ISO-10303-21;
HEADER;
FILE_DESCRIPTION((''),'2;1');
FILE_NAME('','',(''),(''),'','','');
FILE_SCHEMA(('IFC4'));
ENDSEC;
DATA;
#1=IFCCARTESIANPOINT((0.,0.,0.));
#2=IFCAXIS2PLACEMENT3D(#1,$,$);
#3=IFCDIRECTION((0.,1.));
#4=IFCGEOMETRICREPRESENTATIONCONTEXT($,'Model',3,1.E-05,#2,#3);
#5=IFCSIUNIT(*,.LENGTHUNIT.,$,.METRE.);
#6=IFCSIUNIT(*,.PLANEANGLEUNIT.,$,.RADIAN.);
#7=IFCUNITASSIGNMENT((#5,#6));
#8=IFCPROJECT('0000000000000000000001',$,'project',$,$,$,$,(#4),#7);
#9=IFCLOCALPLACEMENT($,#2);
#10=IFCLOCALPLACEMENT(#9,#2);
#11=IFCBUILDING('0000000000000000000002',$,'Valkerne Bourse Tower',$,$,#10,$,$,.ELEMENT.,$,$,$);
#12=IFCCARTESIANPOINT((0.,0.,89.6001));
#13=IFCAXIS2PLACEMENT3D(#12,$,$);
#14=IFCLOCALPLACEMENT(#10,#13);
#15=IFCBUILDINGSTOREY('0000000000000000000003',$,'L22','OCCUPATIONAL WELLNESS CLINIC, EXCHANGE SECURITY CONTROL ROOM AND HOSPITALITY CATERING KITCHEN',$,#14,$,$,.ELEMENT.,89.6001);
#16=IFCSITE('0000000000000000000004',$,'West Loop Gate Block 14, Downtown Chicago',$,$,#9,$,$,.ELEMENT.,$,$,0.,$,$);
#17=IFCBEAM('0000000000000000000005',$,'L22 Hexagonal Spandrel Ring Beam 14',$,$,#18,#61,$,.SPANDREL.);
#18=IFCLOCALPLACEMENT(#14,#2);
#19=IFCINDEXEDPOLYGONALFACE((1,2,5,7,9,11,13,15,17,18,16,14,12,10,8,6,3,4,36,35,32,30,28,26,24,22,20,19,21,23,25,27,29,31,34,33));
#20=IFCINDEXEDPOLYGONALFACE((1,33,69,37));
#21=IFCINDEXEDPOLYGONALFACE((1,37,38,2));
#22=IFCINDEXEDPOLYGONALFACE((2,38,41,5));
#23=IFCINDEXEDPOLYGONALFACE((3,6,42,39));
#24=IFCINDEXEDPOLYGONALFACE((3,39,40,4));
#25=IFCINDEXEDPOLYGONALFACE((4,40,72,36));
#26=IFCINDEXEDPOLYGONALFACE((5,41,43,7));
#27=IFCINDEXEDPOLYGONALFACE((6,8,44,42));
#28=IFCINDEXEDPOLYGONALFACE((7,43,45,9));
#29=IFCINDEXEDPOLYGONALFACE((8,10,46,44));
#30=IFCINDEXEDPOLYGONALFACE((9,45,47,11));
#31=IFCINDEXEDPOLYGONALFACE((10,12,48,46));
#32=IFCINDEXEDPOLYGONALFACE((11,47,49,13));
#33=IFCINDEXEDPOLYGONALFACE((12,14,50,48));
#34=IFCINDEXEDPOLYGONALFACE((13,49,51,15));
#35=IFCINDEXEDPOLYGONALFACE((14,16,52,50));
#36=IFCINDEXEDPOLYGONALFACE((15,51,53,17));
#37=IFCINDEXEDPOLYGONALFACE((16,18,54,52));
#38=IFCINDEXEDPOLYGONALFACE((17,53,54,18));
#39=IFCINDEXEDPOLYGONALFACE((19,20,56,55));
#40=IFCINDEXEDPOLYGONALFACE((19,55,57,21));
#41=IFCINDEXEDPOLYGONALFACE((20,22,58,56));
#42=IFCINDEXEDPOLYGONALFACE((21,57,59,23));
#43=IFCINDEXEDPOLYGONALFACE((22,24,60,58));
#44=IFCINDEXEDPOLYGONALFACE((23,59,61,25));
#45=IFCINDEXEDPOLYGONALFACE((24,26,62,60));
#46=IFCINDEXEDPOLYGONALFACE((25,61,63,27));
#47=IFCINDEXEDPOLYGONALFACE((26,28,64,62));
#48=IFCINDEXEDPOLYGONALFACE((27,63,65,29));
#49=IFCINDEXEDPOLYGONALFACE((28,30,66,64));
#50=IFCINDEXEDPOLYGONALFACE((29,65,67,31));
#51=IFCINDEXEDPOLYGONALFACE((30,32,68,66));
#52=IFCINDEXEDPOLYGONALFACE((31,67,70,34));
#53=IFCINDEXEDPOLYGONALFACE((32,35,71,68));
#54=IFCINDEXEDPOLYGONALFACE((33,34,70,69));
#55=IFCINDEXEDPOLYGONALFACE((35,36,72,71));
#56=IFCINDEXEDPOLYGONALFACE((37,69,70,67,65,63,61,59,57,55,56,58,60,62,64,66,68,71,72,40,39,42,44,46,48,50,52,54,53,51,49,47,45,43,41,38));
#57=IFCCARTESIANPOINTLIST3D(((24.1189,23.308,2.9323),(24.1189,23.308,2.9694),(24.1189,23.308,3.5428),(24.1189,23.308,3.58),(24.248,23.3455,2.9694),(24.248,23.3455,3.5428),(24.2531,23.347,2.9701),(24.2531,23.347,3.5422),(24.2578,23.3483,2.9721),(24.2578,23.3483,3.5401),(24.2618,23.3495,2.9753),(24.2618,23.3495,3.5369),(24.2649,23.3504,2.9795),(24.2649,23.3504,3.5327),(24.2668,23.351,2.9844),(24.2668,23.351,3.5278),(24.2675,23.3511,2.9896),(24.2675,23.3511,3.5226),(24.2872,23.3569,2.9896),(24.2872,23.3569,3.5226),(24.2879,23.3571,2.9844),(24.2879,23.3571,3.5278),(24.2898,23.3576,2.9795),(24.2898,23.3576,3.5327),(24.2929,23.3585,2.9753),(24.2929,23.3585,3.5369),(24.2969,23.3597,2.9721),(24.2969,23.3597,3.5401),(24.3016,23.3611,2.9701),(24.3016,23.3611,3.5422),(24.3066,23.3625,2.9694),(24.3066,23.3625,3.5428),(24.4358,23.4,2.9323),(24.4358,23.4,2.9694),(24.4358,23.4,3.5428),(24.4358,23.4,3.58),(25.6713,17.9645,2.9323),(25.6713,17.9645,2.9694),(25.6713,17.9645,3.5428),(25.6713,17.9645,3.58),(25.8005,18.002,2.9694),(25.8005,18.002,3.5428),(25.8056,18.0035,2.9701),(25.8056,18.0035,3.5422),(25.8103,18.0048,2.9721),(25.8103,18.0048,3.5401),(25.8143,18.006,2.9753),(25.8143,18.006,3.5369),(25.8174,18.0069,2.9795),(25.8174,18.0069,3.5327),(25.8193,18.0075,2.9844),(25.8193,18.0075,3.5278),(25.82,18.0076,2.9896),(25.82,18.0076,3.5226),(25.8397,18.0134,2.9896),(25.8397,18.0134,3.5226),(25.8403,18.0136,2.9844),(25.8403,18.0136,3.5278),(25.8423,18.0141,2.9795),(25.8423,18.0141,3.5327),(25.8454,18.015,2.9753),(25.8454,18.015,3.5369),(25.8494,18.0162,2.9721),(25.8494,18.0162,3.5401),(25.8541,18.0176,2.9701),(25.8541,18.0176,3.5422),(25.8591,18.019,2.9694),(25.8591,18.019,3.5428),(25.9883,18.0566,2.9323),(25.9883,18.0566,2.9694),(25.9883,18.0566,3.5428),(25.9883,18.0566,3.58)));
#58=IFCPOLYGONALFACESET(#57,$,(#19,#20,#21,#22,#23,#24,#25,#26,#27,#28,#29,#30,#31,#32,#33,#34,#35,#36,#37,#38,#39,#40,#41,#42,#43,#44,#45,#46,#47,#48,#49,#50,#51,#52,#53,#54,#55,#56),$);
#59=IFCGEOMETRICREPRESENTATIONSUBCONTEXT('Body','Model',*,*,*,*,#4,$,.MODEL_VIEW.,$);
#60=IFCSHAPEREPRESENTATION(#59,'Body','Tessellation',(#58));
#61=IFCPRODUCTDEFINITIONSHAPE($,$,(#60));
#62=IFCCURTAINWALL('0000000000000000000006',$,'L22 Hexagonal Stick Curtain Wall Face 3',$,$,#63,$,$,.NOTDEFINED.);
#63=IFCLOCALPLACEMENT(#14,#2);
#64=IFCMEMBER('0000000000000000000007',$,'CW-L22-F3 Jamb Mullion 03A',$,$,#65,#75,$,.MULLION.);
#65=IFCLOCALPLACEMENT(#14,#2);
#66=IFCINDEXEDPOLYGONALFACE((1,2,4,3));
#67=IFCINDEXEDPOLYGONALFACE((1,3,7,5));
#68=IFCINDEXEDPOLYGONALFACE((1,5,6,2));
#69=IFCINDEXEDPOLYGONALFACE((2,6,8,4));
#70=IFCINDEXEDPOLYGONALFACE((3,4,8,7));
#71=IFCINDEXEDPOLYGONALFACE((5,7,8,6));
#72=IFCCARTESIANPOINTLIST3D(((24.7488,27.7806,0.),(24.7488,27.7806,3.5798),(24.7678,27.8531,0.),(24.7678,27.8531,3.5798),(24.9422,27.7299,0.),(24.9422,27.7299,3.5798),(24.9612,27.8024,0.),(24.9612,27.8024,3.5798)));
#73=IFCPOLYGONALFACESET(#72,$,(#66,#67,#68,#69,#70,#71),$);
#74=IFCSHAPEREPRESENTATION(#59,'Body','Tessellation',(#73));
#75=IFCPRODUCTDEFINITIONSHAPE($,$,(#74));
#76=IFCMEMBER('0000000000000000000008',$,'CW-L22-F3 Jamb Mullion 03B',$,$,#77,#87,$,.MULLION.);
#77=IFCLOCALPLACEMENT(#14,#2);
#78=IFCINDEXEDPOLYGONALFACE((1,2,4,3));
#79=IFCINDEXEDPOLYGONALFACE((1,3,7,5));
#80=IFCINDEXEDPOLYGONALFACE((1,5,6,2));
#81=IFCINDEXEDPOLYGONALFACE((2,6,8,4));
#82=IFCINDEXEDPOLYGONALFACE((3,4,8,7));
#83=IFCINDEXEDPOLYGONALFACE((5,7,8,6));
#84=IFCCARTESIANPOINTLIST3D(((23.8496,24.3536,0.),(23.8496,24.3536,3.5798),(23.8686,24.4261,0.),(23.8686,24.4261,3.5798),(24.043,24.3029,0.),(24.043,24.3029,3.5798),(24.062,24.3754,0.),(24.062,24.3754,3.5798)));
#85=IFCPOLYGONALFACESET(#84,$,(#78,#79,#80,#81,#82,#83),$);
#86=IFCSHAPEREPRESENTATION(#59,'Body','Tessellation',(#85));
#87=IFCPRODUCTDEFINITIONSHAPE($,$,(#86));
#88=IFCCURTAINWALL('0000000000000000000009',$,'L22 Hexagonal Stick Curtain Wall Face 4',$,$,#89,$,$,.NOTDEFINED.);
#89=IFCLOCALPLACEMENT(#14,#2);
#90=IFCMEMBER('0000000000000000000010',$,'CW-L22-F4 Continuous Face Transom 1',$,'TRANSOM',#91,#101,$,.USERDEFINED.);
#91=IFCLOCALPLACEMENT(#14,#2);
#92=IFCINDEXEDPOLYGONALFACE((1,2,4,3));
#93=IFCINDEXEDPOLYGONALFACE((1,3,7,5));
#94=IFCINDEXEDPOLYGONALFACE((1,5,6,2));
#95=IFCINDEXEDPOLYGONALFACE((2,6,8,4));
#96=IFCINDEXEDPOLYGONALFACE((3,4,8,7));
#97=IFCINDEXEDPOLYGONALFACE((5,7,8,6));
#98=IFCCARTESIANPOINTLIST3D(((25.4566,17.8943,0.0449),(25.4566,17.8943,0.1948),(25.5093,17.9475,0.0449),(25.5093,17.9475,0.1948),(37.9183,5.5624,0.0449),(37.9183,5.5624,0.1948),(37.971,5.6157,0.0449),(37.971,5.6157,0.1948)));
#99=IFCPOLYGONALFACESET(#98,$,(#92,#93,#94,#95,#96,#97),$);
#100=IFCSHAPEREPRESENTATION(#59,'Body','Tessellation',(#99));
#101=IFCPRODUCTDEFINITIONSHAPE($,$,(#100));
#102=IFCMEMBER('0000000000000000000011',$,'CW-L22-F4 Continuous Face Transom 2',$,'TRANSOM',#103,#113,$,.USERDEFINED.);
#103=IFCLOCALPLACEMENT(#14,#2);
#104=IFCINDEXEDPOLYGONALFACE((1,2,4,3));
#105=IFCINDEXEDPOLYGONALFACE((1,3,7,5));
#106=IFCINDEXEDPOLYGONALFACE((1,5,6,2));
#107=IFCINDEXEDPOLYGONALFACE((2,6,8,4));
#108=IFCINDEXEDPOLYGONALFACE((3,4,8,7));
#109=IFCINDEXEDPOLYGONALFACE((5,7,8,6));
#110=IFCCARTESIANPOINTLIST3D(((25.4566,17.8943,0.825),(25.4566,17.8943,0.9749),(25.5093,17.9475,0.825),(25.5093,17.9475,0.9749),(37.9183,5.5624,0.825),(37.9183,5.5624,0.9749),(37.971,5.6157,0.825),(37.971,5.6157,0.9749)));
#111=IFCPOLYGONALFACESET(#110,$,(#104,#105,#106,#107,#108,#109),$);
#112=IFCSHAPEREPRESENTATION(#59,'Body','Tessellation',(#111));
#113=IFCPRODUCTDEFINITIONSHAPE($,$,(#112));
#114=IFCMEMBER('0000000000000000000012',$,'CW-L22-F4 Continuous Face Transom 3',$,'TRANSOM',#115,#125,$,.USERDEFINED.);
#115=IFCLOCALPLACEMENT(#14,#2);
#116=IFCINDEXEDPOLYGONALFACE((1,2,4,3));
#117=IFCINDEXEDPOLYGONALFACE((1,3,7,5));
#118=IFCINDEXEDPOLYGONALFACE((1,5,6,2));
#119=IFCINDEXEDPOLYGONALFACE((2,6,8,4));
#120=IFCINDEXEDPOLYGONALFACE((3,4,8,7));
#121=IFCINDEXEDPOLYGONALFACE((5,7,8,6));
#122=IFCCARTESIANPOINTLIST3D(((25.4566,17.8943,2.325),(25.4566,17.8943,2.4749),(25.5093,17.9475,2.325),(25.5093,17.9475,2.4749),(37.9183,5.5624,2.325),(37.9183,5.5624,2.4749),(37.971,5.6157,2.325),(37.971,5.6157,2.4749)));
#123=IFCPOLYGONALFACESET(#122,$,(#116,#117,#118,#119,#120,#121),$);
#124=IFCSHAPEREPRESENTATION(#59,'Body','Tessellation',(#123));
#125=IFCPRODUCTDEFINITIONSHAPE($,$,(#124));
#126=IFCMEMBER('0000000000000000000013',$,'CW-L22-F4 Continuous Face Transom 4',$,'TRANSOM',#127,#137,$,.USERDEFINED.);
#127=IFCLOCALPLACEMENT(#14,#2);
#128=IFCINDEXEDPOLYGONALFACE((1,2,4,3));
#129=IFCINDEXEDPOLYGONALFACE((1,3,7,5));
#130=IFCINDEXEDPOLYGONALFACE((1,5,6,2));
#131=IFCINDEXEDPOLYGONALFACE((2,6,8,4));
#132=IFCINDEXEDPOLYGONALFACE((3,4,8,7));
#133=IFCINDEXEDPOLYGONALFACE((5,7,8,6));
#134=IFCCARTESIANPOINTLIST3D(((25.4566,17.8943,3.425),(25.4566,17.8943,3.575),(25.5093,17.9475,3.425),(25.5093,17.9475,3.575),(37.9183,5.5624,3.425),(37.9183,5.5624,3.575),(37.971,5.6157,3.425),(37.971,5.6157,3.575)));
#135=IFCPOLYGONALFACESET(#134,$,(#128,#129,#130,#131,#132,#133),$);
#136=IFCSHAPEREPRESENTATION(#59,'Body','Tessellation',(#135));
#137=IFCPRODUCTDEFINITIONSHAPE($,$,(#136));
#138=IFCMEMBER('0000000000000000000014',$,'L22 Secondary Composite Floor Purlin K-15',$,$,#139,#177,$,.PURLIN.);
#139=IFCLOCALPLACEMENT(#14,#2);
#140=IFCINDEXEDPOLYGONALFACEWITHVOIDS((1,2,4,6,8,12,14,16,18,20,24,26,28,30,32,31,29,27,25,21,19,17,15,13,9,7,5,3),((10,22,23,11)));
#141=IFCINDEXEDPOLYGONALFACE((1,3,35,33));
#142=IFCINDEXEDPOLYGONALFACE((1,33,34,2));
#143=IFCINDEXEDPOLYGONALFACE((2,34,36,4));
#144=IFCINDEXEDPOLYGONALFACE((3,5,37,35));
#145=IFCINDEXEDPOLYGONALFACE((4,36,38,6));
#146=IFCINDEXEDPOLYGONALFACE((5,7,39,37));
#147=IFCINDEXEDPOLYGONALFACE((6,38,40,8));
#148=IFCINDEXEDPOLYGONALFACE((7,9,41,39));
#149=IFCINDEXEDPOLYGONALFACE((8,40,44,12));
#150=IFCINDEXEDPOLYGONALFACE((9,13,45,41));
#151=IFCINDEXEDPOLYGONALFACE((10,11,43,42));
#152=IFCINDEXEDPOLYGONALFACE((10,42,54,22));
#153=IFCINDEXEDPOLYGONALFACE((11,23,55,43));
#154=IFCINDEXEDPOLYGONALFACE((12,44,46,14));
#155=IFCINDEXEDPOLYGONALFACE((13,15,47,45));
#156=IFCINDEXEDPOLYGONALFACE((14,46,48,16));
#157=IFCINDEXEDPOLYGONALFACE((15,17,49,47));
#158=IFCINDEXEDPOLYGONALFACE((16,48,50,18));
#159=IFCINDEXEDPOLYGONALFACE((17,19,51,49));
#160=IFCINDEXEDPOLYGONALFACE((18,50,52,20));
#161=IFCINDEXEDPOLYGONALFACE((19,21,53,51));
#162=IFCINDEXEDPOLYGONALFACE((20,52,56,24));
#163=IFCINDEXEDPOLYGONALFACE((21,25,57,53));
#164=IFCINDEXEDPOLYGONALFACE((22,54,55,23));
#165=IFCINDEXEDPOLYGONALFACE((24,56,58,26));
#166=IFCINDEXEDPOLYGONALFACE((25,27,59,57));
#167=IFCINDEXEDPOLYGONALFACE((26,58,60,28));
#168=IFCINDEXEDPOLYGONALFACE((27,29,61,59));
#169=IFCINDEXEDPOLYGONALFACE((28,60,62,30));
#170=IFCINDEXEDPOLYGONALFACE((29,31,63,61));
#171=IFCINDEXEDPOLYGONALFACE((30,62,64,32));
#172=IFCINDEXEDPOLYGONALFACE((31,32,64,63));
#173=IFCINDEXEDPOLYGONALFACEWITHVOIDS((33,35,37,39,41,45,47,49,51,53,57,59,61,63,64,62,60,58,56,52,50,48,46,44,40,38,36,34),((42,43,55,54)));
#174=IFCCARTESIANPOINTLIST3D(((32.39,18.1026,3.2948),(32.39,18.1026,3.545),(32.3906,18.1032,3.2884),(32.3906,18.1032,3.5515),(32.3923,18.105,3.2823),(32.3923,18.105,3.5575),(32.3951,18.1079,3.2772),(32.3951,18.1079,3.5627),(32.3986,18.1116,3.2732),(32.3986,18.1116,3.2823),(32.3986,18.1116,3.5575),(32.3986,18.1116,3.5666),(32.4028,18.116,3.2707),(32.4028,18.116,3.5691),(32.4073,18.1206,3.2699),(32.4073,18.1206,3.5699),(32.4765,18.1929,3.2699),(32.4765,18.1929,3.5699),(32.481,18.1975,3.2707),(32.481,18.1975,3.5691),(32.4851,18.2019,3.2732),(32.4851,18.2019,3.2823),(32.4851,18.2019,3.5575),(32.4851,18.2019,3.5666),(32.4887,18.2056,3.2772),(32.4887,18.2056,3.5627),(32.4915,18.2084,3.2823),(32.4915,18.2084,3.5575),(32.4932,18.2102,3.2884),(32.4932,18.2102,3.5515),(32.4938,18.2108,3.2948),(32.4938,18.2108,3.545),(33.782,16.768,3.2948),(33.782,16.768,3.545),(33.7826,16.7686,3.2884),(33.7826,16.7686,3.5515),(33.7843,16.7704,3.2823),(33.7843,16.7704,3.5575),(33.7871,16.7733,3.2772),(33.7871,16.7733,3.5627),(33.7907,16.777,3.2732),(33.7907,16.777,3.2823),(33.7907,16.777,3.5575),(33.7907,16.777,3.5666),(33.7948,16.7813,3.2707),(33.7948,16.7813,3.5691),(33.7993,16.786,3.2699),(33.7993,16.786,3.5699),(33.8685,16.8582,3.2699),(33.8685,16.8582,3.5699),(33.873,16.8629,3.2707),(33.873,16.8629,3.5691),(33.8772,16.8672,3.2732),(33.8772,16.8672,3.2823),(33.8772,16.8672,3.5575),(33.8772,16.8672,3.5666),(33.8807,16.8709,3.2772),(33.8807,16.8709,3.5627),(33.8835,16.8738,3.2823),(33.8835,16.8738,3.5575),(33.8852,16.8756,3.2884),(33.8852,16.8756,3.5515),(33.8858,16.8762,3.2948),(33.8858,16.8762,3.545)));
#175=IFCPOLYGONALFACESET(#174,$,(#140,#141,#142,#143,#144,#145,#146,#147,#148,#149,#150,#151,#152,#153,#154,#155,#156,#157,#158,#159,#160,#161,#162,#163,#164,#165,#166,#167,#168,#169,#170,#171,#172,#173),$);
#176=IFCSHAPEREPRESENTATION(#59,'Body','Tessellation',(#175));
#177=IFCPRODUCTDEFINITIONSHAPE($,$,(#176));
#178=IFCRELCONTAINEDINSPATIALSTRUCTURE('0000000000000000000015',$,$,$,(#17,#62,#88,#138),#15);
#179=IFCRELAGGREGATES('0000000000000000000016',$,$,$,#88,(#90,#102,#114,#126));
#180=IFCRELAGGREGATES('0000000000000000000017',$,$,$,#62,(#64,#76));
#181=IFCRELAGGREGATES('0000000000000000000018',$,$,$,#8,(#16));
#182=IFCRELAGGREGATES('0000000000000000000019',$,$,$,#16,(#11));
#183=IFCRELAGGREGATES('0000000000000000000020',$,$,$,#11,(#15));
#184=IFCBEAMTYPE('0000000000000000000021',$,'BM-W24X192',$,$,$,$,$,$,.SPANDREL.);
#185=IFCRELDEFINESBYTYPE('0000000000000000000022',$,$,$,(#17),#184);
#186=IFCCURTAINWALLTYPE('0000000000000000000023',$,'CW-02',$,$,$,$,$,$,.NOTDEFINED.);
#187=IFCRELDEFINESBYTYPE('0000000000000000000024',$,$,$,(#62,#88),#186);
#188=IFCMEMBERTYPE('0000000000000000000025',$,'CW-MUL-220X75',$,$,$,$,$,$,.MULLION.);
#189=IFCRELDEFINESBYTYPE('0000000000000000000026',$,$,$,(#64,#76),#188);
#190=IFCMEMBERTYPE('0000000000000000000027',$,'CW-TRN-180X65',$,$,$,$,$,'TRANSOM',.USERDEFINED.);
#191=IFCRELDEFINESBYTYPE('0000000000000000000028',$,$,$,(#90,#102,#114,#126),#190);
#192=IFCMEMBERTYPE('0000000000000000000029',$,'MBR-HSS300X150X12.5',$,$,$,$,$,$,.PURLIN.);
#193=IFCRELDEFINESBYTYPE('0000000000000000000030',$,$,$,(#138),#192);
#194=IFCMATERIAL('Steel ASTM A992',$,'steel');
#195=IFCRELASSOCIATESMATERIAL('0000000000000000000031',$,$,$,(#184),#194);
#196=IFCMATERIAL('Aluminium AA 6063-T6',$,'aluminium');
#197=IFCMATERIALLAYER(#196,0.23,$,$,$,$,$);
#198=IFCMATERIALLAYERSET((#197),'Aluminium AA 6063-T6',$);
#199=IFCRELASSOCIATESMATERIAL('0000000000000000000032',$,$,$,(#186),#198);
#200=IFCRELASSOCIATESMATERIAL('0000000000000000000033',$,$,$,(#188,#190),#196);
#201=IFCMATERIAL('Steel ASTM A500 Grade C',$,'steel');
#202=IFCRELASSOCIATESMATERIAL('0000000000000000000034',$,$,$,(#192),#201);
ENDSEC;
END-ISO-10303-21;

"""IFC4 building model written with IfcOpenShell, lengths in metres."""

from ifc_helpers import new_model, si_unit, direction, frame, origin, origin_2d, place, context, subcontext, project, spatial, rectangle, hollow_rectangle, i_section, extrude, material, layer, layer_set, material_profile, profile_set, type_object, element, aggregate, save


model = new_model("IFC4")

# Units and contexts
model_context = context("Model", 3, precision=1e-05, world=origin(), true_north=direction((0.0, 1.0)))
body_context = subcontext(model_context, "Body", "Model", "MODEL_VIEW")
ifc_project = project(units=[si_unit("LENGTHUNIT", "METRE"), si_unit("PLANEANGLEUNIT", "RADIAN")], contexts=[model_context])

# Site, building, storey
site_placement = place(None, origin())
site = spatial("IfcSite", under=ifc_project, at=site_placement, Name="West Loop Gate Block 14, Downtown Chicago", CompositionType="ELEMENT", RefElevation=0.0)
building_placement = place(site_placement, origin())
building = spatial("IfcBuilding", under=site, at=building_placement, Name="Valkerne Bourse Tower", CompositionType="ELEMENT")
storey_placement = place(building_placement, frame((0.0, 0.0, 89.6001)))
storey = spatial("IfcBuildingStorey", under=building, at=storey_placement, Name="L22", Description="OCCUPATIONAL WELLNESS CLINIC, EXCHANGE SECURITY CONTROL ROOM AND HOSPITALITY CATERING KITCHEN", CompositionType="ELEMENT", Elevation=89.6001)

# Beam
ifc_material_1 = material(Name="Steel ASTM A992", Category="steel")
ifc_material_profile_1 = material_profile(ifc_material_1, i_section(OverallWidth=0.3301, OverallDepth=0.6477, WebThickness=0.0205, FlangeThickness=0.0371, FilletRadius=0.0203, at=origin_2d()), Name="W24X192")
ifc_profile_set_1 = profile_set([ifc_material_profile_1], Name="Steel ASTM A992")
beam_type = type_object("IfcBeamType", Name="BM-W24X192", PredefinedType="SPANDREL", material=ifc_profile_set_1)
beam_1_placement = place(storey_placement, frame((24.2773, 23.354, 3.2561), z_axis=(0.279001, -0.960291, 0.0), x_axis=(0.960291, 0.279001, 0.0)))
element("IfcBeam", 1, at=beam_1_placement, inside=storey, type_object=beam_type, Name="L22 Hexagonal Spandrel Ring Beam 14", PredefinedType="SPANDREL", context=body_context, shape_type="SweptSolid", body=[
    extrude(i_section(OverallWidth=0.3301, OverallDepth=0.6477, WebThickness=0.0205, FlangeThickness=0.0371, FilletRadius=0.0203, at=origin_2d()), origin(), (0.0, 0.0, 1.0), 5.5645),
])

# Curtain walls, members
ifc_material_2 = material(Name="Aluminium AA 6063-T6", Category="aluminium")
ifc_layer_1 = layer(ifc_material_2, 0.23)
ifc_layer_set_1 = layer_set([ifc_layer_1], Name="Aluminium AA 6063-T6")
curtain_wall_type = type_object("IfcCurtainWallType", Name="CW-02", PredefinedType="NOTDEFINED", material=ifc_layer_set_1)
curtain_wall_1_placement = place(storey_placement, origin())
curtain_wall_1 = element("IfcCurtainWall", 2, at=curtain_wall_1_placement, inside=storey, type_object=curtain_wall_type, Name="L22 Hexagonal Stick Curtain Wall Face 3", PredefinedType="NOTDEFINED")
ifc_material_profile_2 = material_profile(ifc_material_2, rectangle(XDim=0.075, YDim=0.2, at=origin_2d()), Name="CWM-75X200")
ifc_profile_set_2 = profile_set([ifc_material_profile_2], Name="Aluminium AA 6063-T6")
member_type_1 = type_object("IfcMemberType", Name="CW-MUL-220X75", PredefinedType="MULLION", material=ifc_profile_set_2)
member_1_placement = place(storey_placement, frame((24.855, 27.7915, 0.0), z_axis=(0.0, 0.0, 1.0), x_axis=(-0.253755, -0.967268, 0.0)))
member_1 = element("IfcMember", 3, at=member_1_placement, type_object=member_type_1, Name="CW-L22-F3 Jamb Mullion 03A", PredefinedType="MULLION", context=body_context, shape_type="SweptSolid", body=[
    extrude(rectangle(XDim=0.075, YDim=0.2, at=origin_2d()), origin(), (0.0, 0.0, 1.0), 3.5798),
])
member_2_placement = place(storey_placement, frame((23.9558, 24.3645, 0.0), z_axis=(0.0, 0.0, 1.0), x_axis=(-0.253755, -0.967268, 0.0)))
member_2 = element("IfcMember", 4, at=member_2_placement, type_object=member_type_1, Name="CW-L22-F3 Jamb Mullion 03B", PredefinedType="MULLION", context=body_context, shape_type="SweptSolid", body=[
    extrude(rectangle(XDim=0.075, YDim=0.2, at=origin_2d()), origin(), (0.0, 0.0, 1.0), 3.5798),
])
curtain_wall_2_placement = place(storey_placement, origin())
curtain_wall_2 = element("IfcCurtainWall", 5, at=curtain_wall_2_placement, inside=storey, type_object=curtain_wall_type, Name="L22 Hexagonal Stick Curtain Wall Face 4", PredefinedType="NOTDEFINED")
ifc_material_profile_3 = material_profile(ifc_material_2, rectangle(XDim=0.075, YDim=0.1499, at=origin_2d()), Name="CWT-75X150")
ifc_profile_set_3 = profile_set([ifc_material_profile_3], Name="Aluminium AA 6063-T6")
member_type_2 = type_object("IfcMemberType", Name="CW-TRN-180X65", ElementType="TRANSOM", PredefinedType="USERDEFINED", material=ifc_profile_set_3)
member_3_placement = place(storey_placement, frame((25.4829, 17.9209, 0.1199), z_axis=(0.710801, -0.703393, 0.0), x_axis=(0.703393, 0.710801, 0.0)))
member_3 = element("IfcMember", 6, at=member_3_placement, type_object=member_type_2, Name="CW-L22-F4 Continuous Face Transom 1", ObjectType="TRANSOM", PredefinedType="USERDEFINED", context=body_context, shape_type="SweptSolid", body=[
    extrude(rectangle(XDim=0.075, YDim=0.1499, at=origin_2d()), origin(), (0.0, 0.0, 1.0), 17.532),
])
member_4_placement = place(storey_placement, frame((25.4829, 17.9209, 0.8999), z_axis=(0.710801, -0.703393, 0.0), x_axis=(0.703393, 0.710801, 0.0)))
member_4 = element("IfcMember", 7, at=member_4_placement, type_object=member_type_2, Name="CW-L22-F4 Continuous Face Transom 2", ObjectType="TRANSOM", PredefinedType="USERDEFINED", context=body_context, shape_type="SweptSolid", body=[
    extrude(rectangle(XDim=0.075, YDim=0.1499, at=origin_2d()), origin(), (0.0, 0.0, 1.0), 17.532),
])
member_5_placement = place(storey_placement, frame((25.4829, 17.9209, 2.3999), z_axis=(0.710801, -0.703393, 0.0), x_axis=(0.703393, 0.710801, 0.0)))
member_5 = element("IfcMember", 8, at=member_5_placement, type_object=member_type_2, Name="CW-L22-F4 Continuous Face Transom 3", ObjectType="TRANSOM", PredefinedType="USERDEFINED", context=body_context, shape_type="SweptSolid", body=[
    extrude(rectangle(XDim=0.075, YDim=0.1499, at=origin_2d()), origin(), (0.0, 0.0, 1.0), 17.532),
])
member_6_placement = place(storey_placement, frame((25.4829, 17.9209, 3.5), z_axis=(0.710801, -0.703393, 0.0), x_axis=(0.703393, 0.710801, 0.0)))
member_6 = element("IfcMember", 9, at=member_6_placement, type_object=member_type_2, Name="CW-L22-F4 Continuous Face Transom 4", ObjectType="TRANSOM", PredefinedType="USERDEFINED", context=body_context, shape_type="SweptSolid", body=[
    extrude(rectangle(XDim=0.075, YDim=0.1499, at=origin_2d()), origin(), (0.0, 0.0, 1.0), 17.532),
])
aggregate(curtain_wall_2, [member_3, member_4, member_5, member_6])

# Member
ifc_material_3 = material(Name="Steel ASTM A500 Grade C", Category="steel")
ifc_material_profile_4 = material_profile(ifc_material_3, hollow_rectangle(XDim=0.1499, YDim=0.3, WallThickness=0.0125, OuterFilletRadius=0.0249, at=origin_2d()), Name="HSS300X150X12.5")
ifc_profile_set_4 = profile_set([ifc_material_profile_4], Name="Steel ASTM A500 Grade C")
member_type_3 = type_object("IfcMemberType", Name="MBR-HSS300X150X12.5", PredefinedType="PURLIN", material=ifc_profile_set_4)
member_7_placement = place(storey_placement, frame((32.4419, 18.1567, 3.4199), z_axis=(0.721825, -0.692076, 0.0), x_axis=(0.692076, 0.721825, 0.0)))
element("IfcMember", 10, at=member_7_placement, inside=storey, type_object=member_type_3, Name="L22 Secondary Composite Floor Purlin K-15", PredefinedType="PURLIN", context=body_context, shape_type="SweptSolid", body=[
    extrude(hollow_rectangle(XDim=0.1499, YDim=0.3, WallThickness=0.0125, OuterFilletRadius=0.0249, at=origin_2d()), origin(), (0.0, 0.0, 1.0), 1.9285),
])

aggregate(curtain_wall_1, [member_1, member_2])

save(model, "model.ifc")
